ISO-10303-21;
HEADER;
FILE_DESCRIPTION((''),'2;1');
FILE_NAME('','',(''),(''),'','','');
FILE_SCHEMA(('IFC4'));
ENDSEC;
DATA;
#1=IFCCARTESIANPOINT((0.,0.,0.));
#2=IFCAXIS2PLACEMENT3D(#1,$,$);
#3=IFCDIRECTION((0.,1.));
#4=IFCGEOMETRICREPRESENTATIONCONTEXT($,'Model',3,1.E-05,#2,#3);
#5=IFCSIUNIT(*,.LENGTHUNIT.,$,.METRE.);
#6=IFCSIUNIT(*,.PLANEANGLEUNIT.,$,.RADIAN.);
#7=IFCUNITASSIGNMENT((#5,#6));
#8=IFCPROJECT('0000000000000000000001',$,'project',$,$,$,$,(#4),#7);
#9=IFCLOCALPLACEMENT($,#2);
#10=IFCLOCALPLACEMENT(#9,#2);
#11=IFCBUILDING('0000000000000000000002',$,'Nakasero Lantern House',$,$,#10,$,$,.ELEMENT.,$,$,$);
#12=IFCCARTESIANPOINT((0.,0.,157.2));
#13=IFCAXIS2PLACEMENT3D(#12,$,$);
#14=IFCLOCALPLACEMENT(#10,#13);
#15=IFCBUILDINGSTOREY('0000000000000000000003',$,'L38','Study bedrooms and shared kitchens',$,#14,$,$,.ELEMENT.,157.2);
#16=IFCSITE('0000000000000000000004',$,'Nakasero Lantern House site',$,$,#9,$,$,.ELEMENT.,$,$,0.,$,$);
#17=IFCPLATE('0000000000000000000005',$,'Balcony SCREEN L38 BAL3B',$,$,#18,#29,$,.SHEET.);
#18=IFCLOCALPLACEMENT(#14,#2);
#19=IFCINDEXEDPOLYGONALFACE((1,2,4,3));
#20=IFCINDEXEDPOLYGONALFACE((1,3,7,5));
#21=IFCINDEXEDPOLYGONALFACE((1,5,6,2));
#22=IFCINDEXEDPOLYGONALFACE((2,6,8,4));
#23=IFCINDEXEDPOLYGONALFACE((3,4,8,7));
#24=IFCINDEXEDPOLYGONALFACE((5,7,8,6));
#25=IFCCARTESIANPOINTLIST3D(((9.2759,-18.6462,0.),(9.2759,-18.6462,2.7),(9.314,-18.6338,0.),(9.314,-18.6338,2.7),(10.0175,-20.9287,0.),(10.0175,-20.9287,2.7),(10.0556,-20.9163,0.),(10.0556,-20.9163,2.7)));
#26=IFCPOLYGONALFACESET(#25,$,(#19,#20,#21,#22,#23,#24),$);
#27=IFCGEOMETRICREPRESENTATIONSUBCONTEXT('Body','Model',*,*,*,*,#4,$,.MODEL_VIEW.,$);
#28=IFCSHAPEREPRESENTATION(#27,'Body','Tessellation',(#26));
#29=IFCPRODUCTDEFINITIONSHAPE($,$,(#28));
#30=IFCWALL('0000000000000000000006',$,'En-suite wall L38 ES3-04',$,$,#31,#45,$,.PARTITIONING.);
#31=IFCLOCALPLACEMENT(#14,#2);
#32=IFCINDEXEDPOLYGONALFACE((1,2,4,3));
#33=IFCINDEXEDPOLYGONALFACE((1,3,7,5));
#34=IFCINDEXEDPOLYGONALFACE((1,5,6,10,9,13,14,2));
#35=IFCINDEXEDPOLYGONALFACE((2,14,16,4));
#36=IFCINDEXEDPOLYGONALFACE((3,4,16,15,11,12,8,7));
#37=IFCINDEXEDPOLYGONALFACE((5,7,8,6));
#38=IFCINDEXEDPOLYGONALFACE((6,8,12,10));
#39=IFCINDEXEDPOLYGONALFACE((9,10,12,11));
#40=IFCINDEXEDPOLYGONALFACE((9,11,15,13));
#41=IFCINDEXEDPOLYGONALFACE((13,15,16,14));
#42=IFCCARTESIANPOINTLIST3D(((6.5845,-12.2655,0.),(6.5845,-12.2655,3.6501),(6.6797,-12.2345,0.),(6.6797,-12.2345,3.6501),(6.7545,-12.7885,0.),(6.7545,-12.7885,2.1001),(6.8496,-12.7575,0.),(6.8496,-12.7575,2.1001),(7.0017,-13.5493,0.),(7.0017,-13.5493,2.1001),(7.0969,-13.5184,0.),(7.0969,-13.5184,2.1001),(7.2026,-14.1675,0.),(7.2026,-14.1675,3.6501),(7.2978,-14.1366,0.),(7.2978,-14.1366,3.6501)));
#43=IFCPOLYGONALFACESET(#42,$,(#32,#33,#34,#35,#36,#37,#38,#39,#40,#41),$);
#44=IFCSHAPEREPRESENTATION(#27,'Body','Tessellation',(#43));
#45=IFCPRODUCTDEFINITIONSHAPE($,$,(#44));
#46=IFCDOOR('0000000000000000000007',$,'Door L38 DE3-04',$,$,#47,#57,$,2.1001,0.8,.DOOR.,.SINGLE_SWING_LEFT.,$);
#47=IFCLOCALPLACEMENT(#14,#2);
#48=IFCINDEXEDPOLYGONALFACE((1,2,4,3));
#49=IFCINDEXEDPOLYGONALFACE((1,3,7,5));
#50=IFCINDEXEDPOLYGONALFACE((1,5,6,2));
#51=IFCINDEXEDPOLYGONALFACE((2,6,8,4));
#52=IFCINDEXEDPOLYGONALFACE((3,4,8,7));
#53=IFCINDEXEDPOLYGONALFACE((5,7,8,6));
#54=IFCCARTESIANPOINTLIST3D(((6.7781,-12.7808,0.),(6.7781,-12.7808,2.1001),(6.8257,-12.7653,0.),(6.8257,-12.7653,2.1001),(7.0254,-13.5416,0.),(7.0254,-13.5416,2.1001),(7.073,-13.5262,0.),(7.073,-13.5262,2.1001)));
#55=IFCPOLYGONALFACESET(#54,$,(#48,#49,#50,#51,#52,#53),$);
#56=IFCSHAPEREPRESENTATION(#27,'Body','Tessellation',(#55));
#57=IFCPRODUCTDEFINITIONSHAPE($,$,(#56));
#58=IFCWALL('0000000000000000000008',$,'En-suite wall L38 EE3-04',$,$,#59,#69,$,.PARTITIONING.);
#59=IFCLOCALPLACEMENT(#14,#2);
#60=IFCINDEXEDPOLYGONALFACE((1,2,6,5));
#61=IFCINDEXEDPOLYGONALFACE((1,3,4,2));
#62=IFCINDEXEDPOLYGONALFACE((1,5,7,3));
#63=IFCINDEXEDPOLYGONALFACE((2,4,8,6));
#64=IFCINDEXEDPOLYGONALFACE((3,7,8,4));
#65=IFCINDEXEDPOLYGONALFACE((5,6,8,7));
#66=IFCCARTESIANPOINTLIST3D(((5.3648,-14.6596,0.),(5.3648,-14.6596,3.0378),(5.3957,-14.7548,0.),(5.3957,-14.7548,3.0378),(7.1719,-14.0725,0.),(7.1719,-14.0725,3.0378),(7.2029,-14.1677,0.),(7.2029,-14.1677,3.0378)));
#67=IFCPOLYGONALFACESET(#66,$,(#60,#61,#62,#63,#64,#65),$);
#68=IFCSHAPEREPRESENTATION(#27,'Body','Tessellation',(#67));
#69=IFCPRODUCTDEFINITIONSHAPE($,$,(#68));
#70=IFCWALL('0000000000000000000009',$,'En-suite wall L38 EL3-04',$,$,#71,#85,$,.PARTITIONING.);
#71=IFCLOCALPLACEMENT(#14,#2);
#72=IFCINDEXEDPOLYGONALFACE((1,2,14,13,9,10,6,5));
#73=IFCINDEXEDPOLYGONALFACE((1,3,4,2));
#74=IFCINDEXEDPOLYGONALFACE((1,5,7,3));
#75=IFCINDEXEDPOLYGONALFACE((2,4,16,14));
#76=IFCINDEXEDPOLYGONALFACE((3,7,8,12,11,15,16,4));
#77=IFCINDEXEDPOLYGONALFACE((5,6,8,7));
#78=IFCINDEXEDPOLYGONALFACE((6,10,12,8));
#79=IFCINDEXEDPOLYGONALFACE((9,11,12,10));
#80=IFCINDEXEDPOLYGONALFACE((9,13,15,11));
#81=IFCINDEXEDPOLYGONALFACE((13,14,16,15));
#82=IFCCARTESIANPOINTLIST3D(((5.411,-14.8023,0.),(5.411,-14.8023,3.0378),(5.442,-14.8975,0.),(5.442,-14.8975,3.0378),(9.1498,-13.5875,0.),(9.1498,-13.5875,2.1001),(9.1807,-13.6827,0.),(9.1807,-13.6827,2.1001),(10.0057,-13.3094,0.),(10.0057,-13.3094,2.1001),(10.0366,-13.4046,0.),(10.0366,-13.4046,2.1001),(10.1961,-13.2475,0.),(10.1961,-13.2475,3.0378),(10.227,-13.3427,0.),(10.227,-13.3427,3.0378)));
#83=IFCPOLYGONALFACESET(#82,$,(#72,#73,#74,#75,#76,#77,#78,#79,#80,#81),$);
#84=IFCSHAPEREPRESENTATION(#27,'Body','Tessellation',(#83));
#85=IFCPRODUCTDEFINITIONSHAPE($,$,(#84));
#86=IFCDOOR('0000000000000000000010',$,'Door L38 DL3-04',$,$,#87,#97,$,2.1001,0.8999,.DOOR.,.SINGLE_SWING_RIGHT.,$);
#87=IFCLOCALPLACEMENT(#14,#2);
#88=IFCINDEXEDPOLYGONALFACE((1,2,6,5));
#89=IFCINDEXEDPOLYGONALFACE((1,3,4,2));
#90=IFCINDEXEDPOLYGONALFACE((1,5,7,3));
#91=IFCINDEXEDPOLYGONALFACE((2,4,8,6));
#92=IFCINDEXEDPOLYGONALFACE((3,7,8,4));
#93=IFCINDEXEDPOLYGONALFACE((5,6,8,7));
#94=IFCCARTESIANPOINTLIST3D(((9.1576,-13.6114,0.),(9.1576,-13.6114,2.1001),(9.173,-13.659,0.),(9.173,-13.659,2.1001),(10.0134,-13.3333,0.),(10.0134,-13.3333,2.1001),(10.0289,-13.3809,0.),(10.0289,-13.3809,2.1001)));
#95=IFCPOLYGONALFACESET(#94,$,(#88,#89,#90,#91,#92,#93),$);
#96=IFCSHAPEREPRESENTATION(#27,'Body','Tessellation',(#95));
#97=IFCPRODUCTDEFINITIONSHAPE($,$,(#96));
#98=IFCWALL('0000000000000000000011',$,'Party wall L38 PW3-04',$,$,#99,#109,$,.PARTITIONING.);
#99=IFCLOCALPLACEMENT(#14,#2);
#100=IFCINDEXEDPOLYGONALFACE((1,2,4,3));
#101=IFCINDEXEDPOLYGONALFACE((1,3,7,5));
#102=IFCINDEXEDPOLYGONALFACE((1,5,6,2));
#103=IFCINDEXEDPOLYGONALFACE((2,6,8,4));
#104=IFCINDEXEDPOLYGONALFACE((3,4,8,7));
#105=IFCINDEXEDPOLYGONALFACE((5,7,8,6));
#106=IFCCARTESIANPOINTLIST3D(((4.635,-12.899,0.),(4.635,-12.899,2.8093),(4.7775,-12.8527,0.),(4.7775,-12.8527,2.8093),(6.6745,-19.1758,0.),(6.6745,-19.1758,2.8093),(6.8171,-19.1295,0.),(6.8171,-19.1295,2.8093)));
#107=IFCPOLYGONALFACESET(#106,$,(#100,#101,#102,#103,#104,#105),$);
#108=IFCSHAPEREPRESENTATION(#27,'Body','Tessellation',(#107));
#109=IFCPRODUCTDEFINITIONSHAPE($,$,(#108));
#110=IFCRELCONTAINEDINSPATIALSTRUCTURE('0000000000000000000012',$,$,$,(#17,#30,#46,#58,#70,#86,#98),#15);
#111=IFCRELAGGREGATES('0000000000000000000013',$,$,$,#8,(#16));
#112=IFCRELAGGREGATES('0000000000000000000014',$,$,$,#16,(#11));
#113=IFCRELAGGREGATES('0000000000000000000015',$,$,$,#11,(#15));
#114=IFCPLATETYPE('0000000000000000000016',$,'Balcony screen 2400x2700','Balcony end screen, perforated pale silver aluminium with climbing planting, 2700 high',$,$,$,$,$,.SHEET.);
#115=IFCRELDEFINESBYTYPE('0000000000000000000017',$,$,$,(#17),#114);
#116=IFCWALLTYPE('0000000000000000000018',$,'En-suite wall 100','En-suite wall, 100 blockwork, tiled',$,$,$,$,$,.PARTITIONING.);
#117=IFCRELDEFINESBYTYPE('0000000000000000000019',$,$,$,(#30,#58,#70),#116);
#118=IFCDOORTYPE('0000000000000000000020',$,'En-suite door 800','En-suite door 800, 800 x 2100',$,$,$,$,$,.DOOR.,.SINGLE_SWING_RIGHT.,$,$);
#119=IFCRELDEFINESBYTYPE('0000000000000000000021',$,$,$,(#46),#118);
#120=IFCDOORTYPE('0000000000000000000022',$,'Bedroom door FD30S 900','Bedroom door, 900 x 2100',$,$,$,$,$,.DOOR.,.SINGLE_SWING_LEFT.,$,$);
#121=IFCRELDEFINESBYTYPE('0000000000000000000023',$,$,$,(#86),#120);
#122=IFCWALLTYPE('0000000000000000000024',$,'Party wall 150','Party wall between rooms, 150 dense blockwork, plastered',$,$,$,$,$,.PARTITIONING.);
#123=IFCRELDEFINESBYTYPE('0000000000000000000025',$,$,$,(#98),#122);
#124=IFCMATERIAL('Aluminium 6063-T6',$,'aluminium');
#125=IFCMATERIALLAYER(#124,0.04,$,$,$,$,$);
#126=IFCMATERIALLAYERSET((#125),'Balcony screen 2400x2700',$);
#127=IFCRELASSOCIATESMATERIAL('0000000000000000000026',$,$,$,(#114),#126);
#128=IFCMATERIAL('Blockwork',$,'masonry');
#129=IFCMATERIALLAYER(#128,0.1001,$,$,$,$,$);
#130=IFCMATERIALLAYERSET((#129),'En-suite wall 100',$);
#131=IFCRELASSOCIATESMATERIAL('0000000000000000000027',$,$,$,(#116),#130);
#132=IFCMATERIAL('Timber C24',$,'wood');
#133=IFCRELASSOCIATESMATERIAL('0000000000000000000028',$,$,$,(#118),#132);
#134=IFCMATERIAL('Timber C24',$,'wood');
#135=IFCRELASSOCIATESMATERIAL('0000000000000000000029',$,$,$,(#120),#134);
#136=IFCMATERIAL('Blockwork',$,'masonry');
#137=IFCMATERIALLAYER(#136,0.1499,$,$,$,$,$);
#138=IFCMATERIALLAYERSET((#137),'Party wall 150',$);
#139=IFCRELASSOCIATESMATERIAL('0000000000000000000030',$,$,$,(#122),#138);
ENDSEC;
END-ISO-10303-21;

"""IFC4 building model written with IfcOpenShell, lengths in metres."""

from ifc_helpers import new_model, si_unit, direction, frame, frame_2d, origin, origin_2d, place, context, subcontext, project, spatial, rectangle, extrude, material, layer, layer_set, type_object, element, fill, save


model = new_model("IFC4")

# Units and contexts
model_context = context("Model", 3, precision=1e-05, world=origin(), true_north=direction((0.0, 1.0)))
body_context = subcontext(model_context, "Body", "Model", "MODEL_VIEW")
ifc_project = project(units=[si_unit("LENGTHUNIT", "METRE"), si_unit("PLANEANGLEUNIT", "RADIAN")], contexts=[model_context])

# Site, building, storey
site_placement = place(None, origin())
site = spatial("IfcSite", under=ifc_project, at=site_placement, Name="Nakasero Lantern House site", CompositionType="ELEMENT", RefElevation=0.0)
building_placement = place(site_placement, origin())
building = spatial("IfcBuilding", under=site, at=building_placement, Name="Nakasero Lantern House", CompositionType="ELEMENT")
storey_placement = place(building_placement, frame((0.0, 0.0, 157.2)))
storey = spatial("IfcBuildingStorey", under=building, at=storey_placement, Name="L38", Description="Study bedrooms and shared kitchens", CompositionType="ELEMENT", Elevation=157.2)

# Plate
ifc_material_1 = material(Name="Aluminium 6063-T6", Category="aluminium")
ifc_layer_1 = layer(ifc_material_1, 0.04)
ifc_layer_set_1 = layer_set([ifc_layer_1], Name="Balcony screen 2400x2700")
plate_type_1 = type_object("IfcPlateType", Name="Balcony screen 2400x2700", Description="Balcony end screen, perforated pale silver aluminium with climbing planting, 2700 high", PredefinedType="SHEET", material=ifc_layer_set_1)
for number, where, z_axis, x_axis, name in (
    (1, (9.6658, -19.7812, 0.0), (0.0, 0.0, 1.0), (0.309017, -0.951057, 0.0), "Balcony SCREEN L38 BAL3B"),
):
    element("IfcPlate", number, at=place(storey_placement, frame(where, z_axis=z_axis, x_axis=x_axis)), inside=storey, type_object=plate_type_1, Name=name, PredefinedType="SHEET", context=body_context, shape_type="SweptSolid", body=[
        extrude(rectangle(XDim=2.3999, YDim=0.04, at=origin_2d()), origin(), (0.0, 0.0, 1.0), 2.7),
    ])

# Wall, opening, door
ifc_material_2 = material(Name="Blockwork", Category="masonry")
ifc_layer_2 = layer(ifc_material_2, 0.1001)
ifc_layer_set_2 = layer_set([ifc_layer_2], Name="En-suite wall 100")
wall_type_1 = type_object("IfcWallType", Name="En-suite wall 100", Description="En-suite wall, 100 blockwork, tiled", PredefinedType="PARTITIONING", material=ifc_layer_set_2)
wall_1_placement = place(storey_placement, frame((6.6321, -12.25, 0.0), z_axis=(0.0, 0.0, 1.0), x_axis=(0.309078, -0.951037, 0.0)))
wall_1 = element("IfcWall", 2, at=wall_1_placement, inside=storey, type_object=wall_type_1, Name="En-suite wall L38 ES3-04", PredefinedType="PARTITIONING", context=body_context, shape_type="SweptSolid", body=[
    extrude(rectangle(XDim=2.0, YDim=0.1001, at=frame_2d((1.0, 0.0))), origin(), (0.0, 0.0, 1.0), 3.6501),
])
opening_1_placement = place(wall_1_placement, frame((0.55, 0.0, 0.0)))
opening_1 = element("IfcOpeningElement", 3, at=opening_1_placement, cuts=wall_1, PredefinedType="OPENING", context=body_context, shape_type="SweptSolid", body=[
    extrude(rectangle(XDim=0.8, YDim=2.1001, at=frame_2d((0.3999, 1.05))), frame((0.0, 0.0701, 0.0), z_axis=(0.0, -1.0, 0.0), x_axis=(1.0, 0.0, 0.0)), (0.0, 0.0, 1.0), 0.1401),
])
ifc_material_3 = material(Name="Timber C24", Category="wood")
door_type_1 = type_object("IfcDoorType", Name="En-suite door 800", Description="En-suite door 800, 800 x 2100", OperationType="SINGLE_SWING_RIGHT", PredefinedType="DOOR", material=ifc_material_3)
door_1_placement = place(opening_1_placement, origin())
door_1 = element("IfcDoor", 4, at=door_1_placement, inside=storey, type_object=door_type_1, Name="Door L38 DE3-04", OperationType="SINGLE_SWING_LEFT", OverallHeight=2.1001, OverallWidth=0.8, PredefinedType="DOOR", context=body_context, shape_type="SweptSolid", body=[
    extrude(rectangle(XDim=0.8, YDim=2.1001, at=frame_2d((0.3999, 1.05))), frame((0.0, 0.0249, 0.0), z_axis=(0.0, -1.0, 0.0), x_axis=(1.0, 0.0, 0.0)), (0.0, 0.0, 1.0), 0.05),
])
fill(opening_1, door_1)

# Wall
wall_2_placement = place(storey_placement, frame((5.3801, -14.7073, 0.0), z_axis=(0.0, 0.0, 1.0), x_axis=(0.951059, 0.309011, 0.0)))
element("IfcWall", 5, at=wall_2_placement, inside=storey, type_object=wall_type_1, Name="En-suite wall L38 EE3-04", PredefinedType="PARTITIONING", context=body_context, shape_type="SweptSolid", body=[
    extrude(rectangle(XDim=1.9001, YDim=0.1001, at=frame_2d((0.9502, 0.0))), origin(), (0.0, 0.0, 1.0), 3.0378),
])

# Wall, opening, door
wall_3_placement = place(storey_placement, frame((5.4265, -14.8499, 0.0), z_axis=(0.0, 0.0, 1.0), x_axis=(0.951058, 0.309013, 0.0)))
wall_3 = element("IfcWall", 6, at=wall_3_placement, inside=storey, type_object=wall_type_1, Name="En-suite wall L38 EL3-04", PredefinedType="PARTITIONING", context=body_context, shape_type="SweptSolid", body=[
    extrude(rectangle(XDim=5.0312, YDim=0.1001, at=frame_2d((2.5156, 0.0))), origin(), (0.0, 0.0, 1.0), 3.0378),
])
opening_2_placement = place(wall_3_placement, frame((3.9312, 0.0, 0.0)))
opening_2 = element("IfcOpeningElement", 7, at=opening_2_placement, cuts=wall_3, PredefinedType="OPENING", context=body_context, shape_type="SweptSolid", body=[
    extrude(rectangle(XDim=0.8999, YDim=2.1001, at=frame_2d((0.45, 1.05))), frame((0.0, 0.0701, 0.0), z_axis=(0.0, -1.0, 0.0), x_axis=(1.0, 0.0, 0.0)), (0.0, 0.0, 1.0), 0.1401),
])
ifc_material_4 = material(Name="Timber C24", Category="wood")
door_type_2 = type_object("IfcDoorType", Name="Bedroom door FD30S 900", Description="Bedroom door, 900 x 2100", OperationType="SINGLE_SWING_LEFT", PredefinedType="DOOR", material=ifc_material_4)
door_2_placement = place(opening_2_placement, origin())
door_2 = element("IfcDoor", 8, at=door_2_placement, inside=storey, type_object=door_type_2, Name="Door L38 DL3-04", OperationType="SINGLE_SWING_RIGHT", OverallHeight=2.1001, OverallWidth=0.8999, PredefinedType="DOOR", context=body_context, shape_type="SweptSolid", body=[
    extrude(rectangle(XDim=0.8999, YDim=2.1001, at=frame_2d((0.45, 1.05))), frame((0.0, 0.0249, 0.0), z_axis=(0.0, -1.0, 0.0), x_axis=(1.0, 0.0, 0.0)), (0.0, 0.0, 1.0), 0.05),
])
fill(opening_2, door_2)

# Wall
ifc_material_5 = material(Name="Blockwork", Category="masonry")
ifc_layer_3 = layer(ifc_material_5, 0.1499)
ifc_layer_set_3 = layer_set([ifc_layer_3], Name="Party wall 150")
wall_type_2 = type_object("IfcWallType", Name="Party wall 150", Description="Party wall between rooms, 150 dense blockwork, plastered", PredefinedType="PARTITIONING", material=ifc_layer_set_3)
wall_4_placement = place(storey_placement, frame((4.7063, -12.876, 0.0), z_axis=(0.0, 0.0, 1.0), x_axis=(0.309028, -0.951053, 0.0)))
element("IfcWall", 9, at=wall_4_placement, inside=storey, type_object=wall_type_2, Name="Party wall L38 PW3-04", PredefinedType="PARTITIONING", context=body_context, shape_type="SweptSolid", body=[
    extrude(rectangle(XDim=6.5999, YDim=0.1499, at=frame_2d((3.2998, 0.0))), origin(), (0.0, 0.0, 1.0), 2.8093),
])

save(model, "model.ifc")
